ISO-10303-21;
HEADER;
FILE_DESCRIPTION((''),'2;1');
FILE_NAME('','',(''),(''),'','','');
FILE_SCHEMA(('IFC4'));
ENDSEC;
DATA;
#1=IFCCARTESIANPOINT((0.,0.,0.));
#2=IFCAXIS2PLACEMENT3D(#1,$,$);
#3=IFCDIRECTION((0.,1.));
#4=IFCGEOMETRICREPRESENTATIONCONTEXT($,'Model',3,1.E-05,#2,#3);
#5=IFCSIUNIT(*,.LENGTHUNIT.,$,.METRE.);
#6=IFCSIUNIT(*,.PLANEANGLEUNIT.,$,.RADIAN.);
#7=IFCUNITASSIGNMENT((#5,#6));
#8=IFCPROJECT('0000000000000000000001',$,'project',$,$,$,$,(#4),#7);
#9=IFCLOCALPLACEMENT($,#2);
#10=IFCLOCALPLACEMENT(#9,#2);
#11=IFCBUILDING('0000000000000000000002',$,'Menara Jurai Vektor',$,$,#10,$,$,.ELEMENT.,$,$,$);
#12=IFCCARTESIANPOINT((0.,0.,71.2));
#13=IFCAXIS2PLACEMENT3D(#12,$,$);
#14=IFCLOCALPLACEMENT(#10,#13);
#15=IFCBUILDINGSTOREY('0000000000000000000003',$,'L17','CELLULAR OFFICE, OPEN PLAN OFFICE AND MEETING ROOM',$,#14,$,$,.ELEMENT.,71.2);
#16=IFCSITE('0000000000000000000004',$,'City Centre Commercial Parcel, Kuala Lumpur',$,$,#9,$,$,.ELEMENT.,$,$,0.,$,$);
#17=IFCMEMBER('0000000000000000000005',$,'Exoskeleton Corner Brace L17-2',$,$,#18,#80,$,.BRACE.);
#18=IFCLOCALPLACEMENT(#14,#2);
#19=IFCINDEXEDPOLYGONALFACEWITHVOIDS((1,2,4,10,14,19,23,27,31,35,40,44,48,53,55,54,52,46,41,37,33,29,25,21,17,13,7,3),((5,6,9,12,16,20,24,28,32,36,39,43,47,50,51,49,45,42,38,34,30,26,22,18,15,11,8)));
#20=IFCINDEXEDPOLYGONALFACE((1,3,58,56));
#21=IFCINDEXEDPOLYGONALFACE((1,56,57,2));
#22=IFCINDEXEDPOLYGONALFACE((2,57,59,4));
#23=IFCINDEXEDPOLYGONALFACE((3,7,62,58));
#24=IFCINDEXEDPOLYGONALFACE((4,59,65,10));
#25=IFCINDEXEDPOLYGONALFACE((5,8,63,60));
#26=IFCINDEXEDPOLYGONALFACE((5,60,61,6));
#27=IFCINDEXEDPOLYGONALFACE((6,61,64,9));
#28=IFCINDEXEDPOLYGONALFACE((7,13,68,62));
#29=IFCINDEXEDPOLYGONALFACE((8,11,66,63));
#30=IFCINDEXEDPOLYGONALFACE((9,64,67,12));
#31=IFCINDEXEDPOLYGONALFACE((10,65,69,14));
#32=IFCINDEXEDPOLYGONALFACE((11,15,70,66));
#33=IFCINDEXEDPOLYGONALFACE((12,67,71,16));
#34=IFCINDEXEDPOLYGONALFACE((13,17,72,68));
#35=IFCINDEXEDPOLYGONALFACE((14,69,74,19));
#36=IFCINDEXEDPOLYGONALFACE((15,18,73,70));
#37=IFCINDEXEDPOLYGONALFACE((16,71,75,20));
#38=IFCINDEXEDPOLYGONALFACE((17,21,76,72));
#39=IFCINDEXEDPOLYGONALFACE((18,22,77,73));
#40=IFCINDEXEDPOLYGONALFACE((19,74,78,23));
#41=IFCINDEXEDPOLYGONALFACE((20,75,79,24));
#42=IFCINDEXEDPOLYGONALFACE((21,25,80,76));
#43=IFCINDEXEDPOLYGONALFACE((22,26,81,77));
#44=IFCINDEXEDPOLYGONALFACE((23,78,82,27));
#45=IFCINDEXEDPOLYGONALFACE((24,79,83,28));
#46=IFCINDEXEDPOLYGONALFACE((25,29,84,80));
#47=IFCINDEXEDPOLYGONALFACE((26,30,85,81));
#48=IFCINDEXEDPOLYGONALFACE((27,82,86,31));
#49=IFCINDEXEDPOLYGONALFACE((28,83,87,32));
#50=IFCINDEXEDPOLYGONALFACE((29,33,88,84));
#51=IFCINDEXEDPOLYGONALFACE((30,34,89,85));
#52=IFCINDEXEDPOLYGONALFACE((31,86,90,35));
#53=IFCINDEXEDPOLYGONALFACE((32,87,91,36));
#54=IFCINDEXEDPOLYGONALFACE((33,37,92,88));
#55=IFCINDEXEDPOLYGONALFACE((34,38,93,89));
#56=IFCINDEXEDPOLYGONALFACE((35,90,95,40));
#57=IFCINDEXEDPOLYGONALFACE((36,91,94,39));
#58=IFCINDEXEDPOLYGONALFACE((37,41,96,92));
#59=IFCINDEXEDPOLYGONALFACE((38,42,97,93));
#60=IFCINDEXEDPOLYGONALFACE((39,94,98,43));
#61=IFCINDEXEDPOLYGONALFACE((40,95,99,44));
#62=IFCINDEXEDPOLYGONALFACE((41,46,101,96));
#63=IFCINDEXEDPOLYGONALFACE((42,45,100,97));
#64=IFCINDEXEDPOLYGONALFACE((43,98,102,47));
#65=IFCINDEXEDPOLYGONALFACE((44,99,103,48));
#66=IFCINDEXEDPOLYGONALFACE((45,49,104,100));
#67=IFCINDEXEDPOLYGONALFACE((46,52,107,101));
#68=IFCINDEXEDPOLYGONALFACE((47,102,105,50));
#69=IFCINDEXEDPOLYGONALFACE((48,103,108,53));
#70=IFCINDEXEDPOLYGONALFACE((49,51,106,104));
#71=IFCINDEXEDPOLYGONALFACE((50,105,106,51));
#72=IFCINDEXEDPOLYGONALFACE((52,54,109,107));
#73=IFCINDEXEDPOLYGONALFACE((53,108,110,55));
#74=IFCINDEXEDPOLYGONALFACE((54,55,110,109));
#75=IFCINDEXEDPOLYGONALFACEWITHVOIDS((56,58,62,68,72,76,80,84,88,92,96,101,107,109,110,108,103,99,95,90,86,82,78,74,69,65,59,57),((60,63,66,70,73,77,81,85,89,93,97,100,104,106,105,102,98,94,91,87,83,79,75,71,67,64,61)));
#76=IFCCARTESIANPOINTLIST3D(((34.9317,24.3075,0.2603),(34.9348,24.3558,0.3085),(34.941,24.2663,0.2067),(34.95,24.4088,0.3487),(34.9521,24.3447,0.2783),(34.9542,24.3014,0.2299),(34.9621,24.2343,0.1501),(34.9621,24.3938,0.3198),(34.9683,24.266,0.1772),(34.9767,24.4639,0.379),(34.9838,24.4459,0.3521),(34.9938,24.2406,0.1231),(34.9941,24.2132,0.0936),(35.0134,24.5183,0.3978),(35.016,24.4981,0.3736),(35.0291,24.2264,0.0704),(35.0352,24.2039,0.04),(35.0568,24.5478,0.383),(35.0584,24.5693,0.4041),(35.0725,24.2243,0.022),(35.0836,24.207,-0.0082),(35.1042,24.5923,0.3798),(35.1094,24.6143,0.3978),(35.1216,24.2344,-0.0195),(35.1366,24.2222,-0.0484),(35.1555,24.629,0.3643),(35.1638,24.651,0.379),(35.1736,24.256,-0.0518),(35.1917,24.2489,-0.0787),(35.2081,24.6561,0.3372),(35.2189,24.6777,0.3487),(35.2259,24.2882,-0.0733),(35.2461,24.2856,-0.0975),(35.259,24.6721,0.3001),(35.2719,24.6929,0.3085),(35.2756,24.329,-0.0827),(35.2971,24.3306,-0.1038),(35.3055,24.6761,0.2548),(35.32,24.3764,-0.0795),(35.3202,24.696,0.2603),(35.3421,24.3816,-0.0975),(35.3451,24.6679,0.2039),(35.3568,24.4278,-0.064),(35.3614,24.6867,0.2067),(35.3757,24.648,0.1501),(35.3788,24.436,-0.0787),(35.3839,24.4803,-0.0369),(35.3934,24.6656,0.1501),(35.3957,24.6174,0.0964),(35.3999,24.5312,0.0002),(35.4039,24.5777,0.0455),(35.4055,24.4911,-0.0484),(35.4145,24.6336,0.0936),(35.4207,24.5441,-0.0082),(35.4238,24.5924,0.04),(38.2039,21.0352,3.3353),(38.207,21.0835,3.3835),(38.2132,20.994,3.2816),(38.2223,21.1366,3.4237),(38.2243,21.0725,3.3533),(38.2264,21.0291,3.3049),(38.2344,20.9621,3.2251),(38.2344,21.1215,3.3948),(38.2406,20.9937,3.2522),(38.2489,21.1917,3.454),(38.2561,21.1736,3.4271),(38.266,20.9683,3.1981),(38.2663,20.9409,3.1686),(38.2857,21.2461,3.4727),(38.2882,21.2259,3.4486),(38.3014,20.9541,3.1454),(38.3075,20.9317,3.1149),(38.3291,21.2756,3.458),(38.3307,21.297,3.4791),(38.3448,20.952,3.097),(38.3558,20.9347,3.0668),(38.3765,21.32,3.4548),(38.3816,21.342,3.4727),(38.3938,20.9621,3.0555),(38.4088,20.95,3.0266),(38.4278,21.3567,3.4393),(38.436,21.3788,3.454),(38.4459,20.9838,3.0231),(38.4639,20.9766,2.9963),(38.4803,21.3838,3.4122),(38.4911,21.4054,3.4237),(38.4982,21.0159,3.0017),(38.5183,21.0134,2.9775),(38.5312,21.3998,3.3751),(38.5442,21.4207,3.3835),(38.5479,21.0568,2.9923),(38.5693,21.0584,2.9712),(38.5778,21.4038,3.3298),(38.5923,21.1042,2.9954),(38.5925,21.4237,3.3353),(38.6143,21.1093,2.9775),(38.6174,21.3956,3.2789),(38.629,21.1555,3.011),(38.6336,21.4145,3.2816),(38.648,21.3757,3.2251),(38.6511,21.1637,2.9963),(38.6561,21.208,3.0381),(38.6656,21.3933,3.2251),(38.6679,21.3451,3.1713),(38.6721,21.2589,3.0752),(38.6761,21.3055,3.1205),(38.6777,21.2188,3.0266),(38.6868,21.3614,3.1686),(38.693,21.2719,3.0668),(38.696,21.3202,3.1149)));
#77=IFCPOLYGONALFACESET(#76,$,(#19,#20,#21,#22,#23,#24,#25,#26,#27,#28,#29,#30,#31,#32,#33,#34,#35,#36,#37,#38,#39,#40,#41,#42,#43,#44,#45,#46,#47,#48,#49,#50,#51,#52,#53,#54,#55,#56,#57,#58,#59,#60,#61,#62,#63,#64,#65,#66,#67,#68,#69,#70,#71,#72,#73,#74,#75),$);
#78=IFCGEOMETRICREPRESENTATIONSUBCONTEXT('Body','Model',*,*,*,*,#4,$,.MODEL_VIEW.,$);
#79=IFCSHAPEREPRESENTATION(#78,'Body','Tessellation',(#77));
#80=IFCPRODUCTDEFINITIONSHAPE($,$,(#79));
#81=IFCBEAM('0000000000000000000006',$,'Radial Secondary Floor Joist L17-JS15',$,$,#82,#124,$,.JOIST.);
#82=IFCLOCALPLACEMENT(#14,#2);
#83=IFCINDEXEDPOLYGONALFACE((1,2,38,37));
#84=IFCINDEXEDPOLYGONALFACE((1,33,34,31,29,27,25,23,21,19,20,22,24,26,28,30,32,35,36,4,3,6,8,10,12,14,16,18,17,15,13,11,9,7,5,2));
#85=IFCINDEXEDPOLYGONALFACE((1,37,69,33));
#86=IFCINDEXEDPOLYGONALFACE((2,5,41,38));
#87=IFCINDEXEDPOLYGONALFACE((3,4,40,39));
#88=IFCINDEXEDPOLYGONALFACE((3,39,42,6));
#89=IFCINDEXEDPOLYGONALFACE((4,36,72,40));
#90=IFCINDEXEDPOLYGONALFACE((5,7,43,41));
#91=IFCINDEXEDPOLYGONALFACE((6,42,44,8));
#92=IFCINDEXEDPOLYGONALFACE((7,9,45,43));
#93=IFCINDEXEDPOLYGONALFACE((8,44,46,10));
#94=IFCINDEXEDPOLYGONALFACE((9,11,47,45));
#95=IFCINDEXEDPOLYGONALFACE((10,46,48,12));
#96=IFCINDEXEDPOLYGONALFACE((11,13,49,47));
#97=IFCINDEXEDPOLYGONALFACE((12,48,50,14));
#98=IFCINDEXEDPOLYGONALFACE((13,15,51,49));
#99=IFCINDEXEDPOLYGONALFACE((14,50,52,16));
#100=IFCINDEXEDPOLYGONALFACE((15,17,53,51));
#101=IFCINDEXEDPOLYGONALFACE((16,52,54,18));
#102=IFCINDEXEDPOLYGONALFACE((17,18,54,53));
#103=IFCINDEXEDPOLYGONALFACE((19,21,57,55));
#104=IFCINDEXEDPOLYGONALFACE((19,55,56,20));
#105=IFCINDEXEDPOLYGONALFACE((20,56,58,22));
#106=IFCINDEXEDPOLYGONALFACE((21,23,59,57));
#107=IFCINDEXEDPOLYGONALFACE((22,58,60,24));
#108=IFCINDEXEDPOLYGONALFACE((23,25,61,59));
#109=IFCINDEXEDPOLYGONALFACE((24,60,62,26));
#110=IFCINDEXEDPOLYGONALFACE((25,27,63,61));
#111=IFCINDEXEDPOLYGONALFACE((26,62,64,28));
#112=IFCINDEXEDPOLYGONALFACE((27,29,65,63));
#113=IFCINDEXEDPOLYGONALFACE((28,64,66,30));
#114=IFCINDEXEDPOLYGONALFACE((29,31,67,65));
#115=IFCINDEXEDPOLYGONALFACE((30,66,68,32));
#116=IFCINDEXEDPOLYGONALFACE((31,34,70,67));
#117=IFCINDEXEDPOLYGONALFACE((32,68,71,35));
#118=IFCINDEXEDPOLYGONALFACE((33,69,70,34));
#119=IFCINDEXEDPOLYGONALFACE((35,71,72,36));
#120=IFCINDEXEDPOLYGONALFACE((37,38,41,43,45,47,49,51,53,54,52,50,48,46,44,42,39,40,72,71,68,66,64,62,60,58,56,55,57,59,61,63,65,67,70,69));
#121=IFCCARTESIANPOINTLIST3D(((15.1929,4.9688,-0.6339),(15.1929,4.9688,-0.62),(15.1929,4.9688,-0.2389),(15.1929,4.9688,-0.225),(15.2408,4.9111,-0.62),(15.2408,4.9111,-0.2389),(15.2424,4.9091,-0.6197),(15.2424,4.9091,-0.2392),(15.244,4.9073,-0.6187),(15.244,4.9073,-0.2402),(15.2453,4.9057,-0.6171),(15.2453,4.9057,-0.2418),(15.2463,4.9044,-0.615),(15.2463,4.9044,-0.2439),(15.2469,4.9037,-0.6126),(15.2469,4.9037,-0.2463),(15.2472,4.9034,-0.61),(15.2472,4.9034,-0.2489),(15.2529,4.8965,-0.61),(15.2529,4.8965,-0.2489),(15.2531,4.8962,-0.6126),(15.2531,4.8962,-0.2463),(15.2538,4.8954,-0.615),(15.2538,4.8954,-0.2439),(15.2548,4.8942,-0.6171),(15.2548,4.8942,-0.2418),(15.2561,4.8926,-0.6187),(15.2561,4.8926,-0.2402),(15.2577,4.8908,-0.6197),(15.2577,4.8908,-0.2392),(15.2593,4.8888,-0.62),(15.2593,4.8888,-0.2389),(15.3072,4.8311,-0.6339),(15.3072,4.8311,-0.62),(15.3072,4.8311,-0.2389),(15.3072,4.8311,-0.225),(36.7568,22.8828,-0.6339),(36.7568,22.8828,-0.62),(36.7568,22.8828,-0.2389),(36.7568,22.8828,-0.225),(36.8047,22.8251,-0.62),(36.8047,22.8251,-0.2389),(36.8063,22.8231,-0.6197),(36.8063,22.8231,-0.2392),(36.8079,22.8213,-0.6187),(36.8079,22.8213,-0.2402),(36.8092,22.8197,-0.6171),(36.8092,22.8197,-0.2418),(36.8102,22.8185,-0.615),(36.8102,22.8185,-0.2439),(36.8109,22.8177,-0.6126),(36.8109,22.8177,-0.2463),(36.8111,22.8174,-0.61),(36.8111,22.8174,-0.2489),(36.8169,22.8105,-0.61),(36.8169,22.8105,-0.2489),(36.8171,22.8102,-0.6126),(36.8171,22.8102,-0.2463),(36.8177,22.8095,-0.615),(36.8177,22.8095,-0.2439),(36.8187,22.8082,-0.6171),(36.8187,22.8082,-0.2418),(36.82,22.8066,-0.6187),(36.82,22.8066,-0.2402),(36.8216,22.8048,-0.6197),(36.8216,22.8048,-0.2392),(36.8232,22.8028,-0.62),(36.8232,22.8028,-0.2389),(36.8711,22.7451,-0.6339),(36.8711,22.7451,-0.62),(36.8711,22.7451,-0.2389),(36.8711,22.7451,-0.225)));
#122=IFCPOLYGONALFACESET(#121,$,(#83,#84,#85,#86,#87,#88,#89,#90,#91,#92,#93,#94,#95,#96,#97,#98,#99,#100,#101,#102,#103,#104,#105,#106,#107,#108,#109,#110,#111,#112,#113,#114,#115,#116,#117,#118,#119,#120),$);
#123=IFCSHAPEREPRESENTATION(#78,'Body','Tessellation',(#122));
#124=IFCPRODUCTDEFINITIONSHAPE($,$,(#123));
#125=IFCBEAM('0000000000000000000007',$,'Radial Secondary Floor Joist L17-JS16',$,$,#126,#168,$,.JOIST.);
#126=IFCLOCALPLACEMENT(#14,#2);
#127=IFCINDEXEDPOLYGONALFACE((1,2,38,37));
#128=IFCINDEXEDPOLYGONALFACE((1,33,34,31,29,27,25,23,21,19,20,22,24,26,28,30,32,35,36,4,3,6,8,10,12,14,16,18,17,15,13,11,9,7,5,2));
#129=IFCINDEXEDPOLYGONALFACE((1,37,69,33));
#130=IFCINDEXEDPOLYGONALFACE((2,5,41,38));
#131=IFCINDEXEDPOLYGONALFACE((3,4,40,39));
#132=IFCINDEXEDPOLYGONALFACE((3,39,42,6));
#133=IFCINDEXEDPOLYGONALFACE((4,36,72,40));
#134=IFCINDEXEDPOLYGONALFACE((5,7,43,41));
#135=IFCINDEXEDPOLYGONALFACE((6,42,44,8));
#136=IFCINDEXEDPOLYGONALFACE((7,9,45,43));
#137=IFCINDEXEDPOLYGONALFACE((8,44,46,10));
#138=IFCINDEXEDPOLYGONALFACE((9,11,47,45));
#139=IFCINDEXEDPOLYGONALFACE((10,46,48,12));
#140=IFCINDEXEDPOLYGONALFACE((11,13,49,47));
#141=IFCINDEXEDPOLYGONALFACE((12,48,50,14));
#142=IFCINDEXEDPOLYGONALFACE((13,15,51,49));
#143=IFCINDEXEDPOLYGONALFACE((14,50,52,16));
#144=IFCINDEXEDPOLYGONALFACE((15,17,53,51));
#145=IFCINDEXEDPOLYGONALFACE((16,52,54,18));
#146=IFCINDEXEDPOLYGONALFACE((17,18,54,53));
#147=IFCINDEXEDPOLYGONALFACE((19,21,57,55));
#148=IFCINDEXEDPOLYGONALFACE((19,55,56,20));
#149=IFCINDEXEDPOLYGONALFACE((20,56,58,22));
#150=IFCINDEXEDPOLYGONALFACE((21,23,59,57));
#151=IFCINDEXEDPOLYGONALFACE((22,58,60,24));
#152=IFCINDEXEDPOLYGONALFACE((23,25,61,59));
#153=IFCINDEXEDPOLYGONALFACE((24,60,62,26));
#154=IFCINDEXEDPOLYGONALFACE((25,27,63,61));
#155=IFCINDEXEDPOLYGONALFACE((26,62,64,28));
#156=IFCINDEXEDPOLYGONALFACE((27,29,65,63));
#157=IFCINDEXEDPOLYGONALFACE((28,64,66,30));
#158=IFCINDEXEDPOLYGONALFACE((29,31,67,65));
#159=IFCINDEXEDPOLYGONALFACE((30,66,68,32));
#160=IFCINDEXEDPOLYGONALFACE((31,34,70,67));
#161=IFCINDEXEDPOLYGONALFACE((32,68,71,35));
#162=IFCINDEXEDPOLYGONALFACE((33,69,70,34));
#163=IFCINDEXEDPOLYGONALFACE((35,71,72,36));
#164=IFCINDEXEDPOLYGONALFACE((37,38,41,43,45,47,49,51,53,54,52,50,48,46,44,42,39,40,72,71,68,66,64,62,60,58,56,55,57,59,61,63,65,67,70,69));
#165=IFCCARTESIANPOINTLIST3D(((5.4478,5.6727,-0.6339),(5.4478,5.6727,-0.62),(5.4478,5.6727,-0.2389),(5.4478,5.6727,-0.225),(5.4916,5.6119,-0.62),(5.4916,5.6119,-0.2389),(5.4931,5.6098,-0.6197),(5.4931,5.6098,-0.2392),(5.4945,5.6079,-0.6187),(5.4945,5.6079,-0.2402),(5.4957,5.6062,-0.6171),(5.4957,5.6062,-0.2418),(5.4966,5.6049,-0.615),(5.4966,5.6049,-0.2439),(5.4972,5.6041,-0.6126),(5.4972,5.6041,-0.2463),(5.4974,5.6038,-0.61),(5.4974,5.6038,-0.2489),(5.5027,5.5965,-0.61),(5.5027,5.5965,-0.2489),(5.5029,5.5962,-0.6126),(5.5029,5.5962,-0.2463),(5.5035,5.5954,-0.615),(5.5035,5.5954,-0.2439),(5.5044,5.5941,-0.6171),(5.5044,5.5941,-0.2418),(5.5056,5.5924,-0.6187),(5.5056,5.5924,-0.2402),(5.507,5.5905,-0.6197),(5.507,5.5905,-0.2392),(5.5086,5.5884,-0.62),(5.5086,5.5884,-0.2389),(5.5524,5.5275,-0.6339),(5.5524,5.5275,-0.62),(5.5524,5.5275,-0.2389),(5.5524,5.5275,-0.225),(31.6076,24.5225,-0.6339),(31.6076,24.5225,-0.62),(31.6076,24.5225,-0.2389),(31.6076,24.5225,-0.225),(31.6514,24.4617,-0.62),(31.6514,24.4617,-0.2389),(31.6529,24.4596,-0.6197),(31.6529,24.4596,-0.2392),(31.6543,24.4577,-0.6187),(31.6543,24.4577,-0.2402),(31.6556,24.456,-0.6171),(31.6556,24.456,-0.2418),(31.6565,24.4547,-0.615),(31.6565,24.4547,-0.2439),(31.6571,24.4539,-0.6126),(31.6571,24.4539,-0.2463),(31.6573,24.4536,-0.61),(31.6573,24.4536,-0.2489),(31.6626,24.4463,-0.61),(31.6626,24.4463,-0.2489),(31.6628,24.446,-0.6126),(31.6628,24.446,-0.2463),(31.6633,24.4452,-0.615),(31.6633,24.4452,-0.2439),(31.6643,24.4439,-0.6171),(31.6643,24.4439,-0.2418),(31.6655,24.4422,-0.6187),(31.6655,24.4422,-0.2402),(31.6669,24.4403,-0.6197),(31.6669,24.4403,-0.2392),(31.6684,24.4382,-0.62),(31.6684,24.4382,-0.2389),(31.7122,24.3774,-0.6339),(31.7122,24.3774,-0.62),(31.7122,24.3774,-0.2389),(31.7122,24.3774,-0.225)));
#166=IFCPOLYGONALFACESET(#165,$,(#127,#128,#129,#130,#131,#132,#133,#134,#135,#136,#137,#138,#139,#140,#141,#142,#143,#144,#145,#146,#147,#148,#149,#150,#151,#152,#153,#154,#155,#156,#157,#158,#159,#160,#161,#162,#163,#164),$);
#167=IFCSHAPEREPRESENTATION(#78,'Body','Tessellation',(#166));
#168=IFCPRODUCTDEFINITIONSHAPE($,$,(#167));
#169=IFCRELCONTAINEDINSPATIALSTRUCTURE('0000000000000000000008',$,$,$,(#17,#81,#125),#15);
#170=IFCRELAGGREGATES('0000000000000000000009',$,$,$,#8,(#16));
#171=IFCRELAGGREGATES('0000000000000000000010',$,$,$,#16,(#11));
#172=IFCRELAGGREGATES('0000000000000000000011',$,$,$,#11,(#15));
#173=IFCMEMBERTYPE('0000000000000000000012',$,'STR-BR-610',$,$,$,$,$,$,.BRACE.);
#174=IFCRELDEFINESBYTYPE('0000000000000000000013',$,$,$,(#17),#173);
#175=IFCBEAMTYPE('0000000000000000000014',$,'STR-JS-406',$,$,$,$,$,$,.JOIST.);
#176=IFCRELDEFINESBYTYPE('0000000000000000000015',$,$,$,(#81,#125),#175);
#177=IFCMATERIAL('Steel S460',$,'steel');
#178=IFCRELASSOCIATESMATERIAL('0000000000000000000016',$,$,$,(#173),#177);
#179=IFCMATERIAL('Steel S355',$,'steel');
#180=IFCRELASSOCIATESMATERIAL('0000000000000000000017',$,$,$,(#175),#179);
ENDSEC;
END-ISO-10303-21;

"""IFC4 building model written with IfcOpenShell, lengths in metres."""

from ifc_helpers import new_model, si_unit, direction, frame, origin, origin_2d, place, context, subcontext, project, spatial, hollow_circle, i_section, extrude, material, material_profile, profile_set, type_object, element, save


model = new_model("IFC4")

# Units and contexts
model_context = context("Model", 3, precision=1e-05, world=origin(), true_north=direction((0.0, 1.0)))
body_context = subcontext(model_context, "Body", "Model", "MODEL_VIEW")
ifc_project = project(units=[si_unit("LENGTHUNIT", "METRE"), si_unit("PLANEANGLEUNIT", "RADIAN")], contexts=[model_context])

# Site, building, storey
site_placement = place(None, origin())
site = spatial("IfcSite", under=ifc_project, at=site_placement, Name="City Centre Commercial Parcel, Kuala Lumpur", CompositionType="ELEMENT", RefElevation=0.0)
building_placement = place(site_placement, origin())
building = spatial("IfcBuilding", under=site, at=building_placement, Name="Menara Jurai Vektor", CompositionType="ELEMENT")
storey_placement = place(building_placement, frame((0.0, 0.0, 71.2)))
storey = spatial("IfcBuildingStorey", under=building, at=storey_placement, Name="L17", Description="CELLULAR OFFICE, OPEN PLAN OFFICE AND MEETING ROOM", CompositionType="ELEMENT", Elevation=71.2)

# Shared definitions
ifc_material_1 = material(Name="Steel S460", Category="steel")

# Shared definitions
ifc_material_2 = material(Name="Steel S355", Category="steel")

# Member
ifc_material_profile_1 = material_profile(ifc_material_1, hollow_circle(Radius=0.3049, WallThickness=0.0249, at=origin_2d()), Name="CHS 610x25")
ifc_profile_set_1 = profile_set([ifc_material_profile_1], Name="Steel S460")
member_type_1 = type_object("IfcMemberType", Name="STR-BR-610", PredefinedType="BRACE", material=ifc_profile_set_1)
member_1_placement = place(storey_placement, frame((35.1777, 24.45, 0.1501), z_axis=(0.588942, -0.588942, 0.553438), x_axis=(0.707107, 0.707107, 0.0)))
element("IfcMember", 1, at=member_1_placement, inside=storey, type_object=member_type_1, Name="Exoskeleton Corner Brace L17-2", PredefinedType="BRACE", context=body_context, shape_type="SweptSolid", body=[
    extrude(hollow_circle(Radius=0.3049, WallThickness=0.0249, at=origin_2d()), origin(), (0.0, 0.0, 1.0), 5.5562),
])

# Beams
ifc_material_profile_2 = material_profile(ifc_material_2, i_section(OverallWidth=0.179, OverallDepth=0.4089, WebThickness=0.009, FlangeThickness=0.0139, FilletRadius=0.01, at=origin_2d()), Name="UKB 406x178x67")
ifc_profile_set_2 = profile_set([ifc_material_profile_2], Name="Steel S355")
beam_type_1 = type_object("IfcBeamType", Name="STR-JS-406", PredefinedType="JOIST", material=ifc_profile_set_2)
beam_1_placement = place(storey_placement, frame((36.814, 22.814, -0.4294), z_axis=(-0.769201, -0.639007, 0.0), x_axis=(0.639007, -0.769201, 0.0)))
element("IfcBeam", 2, at=beam_1_placement, inside=storey, type_object=beam_type_1, Name="Radial Secondary Floor Joist L17-JS15", PredefinedType="JOIST", context=body_context, shape_type="SweptSolid", body=[
    extrude(i_section(OverallWidth=0.179, OverallDepth=0.4089, WebThickness=0.009, FlangeThickness=0.0139, FilletRadius=0.01, at=origin_2d()), origin(), (0.0, 0.0, 1.0), 28.0342),
])
beam_2_placement = place(storey_placement, frame((31.6599, 24.45, -0.4294), z_axis=(-0.811318, -0.584605, 0.0), x_axis=(0.584605, -0.811318, 0.0)))
element("IfcBeam", 3, at=beam_2_placement, inside=storey, type_object=beam_type_1, Name="Radial Secondary Floor Joist L17-JS16", PredefinedType="JOIST", context=body_context, shape_type="SweptSolid", body=[
    extrude(i_section(OverallWidth=0.179, OverallDepth=0.4089, WebThickness=0.009, FlangeThickness=0.0139, FilletRadius=0.01, at=origin_2d()), origin(), (0.0, 0.0, 1.0), 32.2437),
])

save(model, "model.ifc")
